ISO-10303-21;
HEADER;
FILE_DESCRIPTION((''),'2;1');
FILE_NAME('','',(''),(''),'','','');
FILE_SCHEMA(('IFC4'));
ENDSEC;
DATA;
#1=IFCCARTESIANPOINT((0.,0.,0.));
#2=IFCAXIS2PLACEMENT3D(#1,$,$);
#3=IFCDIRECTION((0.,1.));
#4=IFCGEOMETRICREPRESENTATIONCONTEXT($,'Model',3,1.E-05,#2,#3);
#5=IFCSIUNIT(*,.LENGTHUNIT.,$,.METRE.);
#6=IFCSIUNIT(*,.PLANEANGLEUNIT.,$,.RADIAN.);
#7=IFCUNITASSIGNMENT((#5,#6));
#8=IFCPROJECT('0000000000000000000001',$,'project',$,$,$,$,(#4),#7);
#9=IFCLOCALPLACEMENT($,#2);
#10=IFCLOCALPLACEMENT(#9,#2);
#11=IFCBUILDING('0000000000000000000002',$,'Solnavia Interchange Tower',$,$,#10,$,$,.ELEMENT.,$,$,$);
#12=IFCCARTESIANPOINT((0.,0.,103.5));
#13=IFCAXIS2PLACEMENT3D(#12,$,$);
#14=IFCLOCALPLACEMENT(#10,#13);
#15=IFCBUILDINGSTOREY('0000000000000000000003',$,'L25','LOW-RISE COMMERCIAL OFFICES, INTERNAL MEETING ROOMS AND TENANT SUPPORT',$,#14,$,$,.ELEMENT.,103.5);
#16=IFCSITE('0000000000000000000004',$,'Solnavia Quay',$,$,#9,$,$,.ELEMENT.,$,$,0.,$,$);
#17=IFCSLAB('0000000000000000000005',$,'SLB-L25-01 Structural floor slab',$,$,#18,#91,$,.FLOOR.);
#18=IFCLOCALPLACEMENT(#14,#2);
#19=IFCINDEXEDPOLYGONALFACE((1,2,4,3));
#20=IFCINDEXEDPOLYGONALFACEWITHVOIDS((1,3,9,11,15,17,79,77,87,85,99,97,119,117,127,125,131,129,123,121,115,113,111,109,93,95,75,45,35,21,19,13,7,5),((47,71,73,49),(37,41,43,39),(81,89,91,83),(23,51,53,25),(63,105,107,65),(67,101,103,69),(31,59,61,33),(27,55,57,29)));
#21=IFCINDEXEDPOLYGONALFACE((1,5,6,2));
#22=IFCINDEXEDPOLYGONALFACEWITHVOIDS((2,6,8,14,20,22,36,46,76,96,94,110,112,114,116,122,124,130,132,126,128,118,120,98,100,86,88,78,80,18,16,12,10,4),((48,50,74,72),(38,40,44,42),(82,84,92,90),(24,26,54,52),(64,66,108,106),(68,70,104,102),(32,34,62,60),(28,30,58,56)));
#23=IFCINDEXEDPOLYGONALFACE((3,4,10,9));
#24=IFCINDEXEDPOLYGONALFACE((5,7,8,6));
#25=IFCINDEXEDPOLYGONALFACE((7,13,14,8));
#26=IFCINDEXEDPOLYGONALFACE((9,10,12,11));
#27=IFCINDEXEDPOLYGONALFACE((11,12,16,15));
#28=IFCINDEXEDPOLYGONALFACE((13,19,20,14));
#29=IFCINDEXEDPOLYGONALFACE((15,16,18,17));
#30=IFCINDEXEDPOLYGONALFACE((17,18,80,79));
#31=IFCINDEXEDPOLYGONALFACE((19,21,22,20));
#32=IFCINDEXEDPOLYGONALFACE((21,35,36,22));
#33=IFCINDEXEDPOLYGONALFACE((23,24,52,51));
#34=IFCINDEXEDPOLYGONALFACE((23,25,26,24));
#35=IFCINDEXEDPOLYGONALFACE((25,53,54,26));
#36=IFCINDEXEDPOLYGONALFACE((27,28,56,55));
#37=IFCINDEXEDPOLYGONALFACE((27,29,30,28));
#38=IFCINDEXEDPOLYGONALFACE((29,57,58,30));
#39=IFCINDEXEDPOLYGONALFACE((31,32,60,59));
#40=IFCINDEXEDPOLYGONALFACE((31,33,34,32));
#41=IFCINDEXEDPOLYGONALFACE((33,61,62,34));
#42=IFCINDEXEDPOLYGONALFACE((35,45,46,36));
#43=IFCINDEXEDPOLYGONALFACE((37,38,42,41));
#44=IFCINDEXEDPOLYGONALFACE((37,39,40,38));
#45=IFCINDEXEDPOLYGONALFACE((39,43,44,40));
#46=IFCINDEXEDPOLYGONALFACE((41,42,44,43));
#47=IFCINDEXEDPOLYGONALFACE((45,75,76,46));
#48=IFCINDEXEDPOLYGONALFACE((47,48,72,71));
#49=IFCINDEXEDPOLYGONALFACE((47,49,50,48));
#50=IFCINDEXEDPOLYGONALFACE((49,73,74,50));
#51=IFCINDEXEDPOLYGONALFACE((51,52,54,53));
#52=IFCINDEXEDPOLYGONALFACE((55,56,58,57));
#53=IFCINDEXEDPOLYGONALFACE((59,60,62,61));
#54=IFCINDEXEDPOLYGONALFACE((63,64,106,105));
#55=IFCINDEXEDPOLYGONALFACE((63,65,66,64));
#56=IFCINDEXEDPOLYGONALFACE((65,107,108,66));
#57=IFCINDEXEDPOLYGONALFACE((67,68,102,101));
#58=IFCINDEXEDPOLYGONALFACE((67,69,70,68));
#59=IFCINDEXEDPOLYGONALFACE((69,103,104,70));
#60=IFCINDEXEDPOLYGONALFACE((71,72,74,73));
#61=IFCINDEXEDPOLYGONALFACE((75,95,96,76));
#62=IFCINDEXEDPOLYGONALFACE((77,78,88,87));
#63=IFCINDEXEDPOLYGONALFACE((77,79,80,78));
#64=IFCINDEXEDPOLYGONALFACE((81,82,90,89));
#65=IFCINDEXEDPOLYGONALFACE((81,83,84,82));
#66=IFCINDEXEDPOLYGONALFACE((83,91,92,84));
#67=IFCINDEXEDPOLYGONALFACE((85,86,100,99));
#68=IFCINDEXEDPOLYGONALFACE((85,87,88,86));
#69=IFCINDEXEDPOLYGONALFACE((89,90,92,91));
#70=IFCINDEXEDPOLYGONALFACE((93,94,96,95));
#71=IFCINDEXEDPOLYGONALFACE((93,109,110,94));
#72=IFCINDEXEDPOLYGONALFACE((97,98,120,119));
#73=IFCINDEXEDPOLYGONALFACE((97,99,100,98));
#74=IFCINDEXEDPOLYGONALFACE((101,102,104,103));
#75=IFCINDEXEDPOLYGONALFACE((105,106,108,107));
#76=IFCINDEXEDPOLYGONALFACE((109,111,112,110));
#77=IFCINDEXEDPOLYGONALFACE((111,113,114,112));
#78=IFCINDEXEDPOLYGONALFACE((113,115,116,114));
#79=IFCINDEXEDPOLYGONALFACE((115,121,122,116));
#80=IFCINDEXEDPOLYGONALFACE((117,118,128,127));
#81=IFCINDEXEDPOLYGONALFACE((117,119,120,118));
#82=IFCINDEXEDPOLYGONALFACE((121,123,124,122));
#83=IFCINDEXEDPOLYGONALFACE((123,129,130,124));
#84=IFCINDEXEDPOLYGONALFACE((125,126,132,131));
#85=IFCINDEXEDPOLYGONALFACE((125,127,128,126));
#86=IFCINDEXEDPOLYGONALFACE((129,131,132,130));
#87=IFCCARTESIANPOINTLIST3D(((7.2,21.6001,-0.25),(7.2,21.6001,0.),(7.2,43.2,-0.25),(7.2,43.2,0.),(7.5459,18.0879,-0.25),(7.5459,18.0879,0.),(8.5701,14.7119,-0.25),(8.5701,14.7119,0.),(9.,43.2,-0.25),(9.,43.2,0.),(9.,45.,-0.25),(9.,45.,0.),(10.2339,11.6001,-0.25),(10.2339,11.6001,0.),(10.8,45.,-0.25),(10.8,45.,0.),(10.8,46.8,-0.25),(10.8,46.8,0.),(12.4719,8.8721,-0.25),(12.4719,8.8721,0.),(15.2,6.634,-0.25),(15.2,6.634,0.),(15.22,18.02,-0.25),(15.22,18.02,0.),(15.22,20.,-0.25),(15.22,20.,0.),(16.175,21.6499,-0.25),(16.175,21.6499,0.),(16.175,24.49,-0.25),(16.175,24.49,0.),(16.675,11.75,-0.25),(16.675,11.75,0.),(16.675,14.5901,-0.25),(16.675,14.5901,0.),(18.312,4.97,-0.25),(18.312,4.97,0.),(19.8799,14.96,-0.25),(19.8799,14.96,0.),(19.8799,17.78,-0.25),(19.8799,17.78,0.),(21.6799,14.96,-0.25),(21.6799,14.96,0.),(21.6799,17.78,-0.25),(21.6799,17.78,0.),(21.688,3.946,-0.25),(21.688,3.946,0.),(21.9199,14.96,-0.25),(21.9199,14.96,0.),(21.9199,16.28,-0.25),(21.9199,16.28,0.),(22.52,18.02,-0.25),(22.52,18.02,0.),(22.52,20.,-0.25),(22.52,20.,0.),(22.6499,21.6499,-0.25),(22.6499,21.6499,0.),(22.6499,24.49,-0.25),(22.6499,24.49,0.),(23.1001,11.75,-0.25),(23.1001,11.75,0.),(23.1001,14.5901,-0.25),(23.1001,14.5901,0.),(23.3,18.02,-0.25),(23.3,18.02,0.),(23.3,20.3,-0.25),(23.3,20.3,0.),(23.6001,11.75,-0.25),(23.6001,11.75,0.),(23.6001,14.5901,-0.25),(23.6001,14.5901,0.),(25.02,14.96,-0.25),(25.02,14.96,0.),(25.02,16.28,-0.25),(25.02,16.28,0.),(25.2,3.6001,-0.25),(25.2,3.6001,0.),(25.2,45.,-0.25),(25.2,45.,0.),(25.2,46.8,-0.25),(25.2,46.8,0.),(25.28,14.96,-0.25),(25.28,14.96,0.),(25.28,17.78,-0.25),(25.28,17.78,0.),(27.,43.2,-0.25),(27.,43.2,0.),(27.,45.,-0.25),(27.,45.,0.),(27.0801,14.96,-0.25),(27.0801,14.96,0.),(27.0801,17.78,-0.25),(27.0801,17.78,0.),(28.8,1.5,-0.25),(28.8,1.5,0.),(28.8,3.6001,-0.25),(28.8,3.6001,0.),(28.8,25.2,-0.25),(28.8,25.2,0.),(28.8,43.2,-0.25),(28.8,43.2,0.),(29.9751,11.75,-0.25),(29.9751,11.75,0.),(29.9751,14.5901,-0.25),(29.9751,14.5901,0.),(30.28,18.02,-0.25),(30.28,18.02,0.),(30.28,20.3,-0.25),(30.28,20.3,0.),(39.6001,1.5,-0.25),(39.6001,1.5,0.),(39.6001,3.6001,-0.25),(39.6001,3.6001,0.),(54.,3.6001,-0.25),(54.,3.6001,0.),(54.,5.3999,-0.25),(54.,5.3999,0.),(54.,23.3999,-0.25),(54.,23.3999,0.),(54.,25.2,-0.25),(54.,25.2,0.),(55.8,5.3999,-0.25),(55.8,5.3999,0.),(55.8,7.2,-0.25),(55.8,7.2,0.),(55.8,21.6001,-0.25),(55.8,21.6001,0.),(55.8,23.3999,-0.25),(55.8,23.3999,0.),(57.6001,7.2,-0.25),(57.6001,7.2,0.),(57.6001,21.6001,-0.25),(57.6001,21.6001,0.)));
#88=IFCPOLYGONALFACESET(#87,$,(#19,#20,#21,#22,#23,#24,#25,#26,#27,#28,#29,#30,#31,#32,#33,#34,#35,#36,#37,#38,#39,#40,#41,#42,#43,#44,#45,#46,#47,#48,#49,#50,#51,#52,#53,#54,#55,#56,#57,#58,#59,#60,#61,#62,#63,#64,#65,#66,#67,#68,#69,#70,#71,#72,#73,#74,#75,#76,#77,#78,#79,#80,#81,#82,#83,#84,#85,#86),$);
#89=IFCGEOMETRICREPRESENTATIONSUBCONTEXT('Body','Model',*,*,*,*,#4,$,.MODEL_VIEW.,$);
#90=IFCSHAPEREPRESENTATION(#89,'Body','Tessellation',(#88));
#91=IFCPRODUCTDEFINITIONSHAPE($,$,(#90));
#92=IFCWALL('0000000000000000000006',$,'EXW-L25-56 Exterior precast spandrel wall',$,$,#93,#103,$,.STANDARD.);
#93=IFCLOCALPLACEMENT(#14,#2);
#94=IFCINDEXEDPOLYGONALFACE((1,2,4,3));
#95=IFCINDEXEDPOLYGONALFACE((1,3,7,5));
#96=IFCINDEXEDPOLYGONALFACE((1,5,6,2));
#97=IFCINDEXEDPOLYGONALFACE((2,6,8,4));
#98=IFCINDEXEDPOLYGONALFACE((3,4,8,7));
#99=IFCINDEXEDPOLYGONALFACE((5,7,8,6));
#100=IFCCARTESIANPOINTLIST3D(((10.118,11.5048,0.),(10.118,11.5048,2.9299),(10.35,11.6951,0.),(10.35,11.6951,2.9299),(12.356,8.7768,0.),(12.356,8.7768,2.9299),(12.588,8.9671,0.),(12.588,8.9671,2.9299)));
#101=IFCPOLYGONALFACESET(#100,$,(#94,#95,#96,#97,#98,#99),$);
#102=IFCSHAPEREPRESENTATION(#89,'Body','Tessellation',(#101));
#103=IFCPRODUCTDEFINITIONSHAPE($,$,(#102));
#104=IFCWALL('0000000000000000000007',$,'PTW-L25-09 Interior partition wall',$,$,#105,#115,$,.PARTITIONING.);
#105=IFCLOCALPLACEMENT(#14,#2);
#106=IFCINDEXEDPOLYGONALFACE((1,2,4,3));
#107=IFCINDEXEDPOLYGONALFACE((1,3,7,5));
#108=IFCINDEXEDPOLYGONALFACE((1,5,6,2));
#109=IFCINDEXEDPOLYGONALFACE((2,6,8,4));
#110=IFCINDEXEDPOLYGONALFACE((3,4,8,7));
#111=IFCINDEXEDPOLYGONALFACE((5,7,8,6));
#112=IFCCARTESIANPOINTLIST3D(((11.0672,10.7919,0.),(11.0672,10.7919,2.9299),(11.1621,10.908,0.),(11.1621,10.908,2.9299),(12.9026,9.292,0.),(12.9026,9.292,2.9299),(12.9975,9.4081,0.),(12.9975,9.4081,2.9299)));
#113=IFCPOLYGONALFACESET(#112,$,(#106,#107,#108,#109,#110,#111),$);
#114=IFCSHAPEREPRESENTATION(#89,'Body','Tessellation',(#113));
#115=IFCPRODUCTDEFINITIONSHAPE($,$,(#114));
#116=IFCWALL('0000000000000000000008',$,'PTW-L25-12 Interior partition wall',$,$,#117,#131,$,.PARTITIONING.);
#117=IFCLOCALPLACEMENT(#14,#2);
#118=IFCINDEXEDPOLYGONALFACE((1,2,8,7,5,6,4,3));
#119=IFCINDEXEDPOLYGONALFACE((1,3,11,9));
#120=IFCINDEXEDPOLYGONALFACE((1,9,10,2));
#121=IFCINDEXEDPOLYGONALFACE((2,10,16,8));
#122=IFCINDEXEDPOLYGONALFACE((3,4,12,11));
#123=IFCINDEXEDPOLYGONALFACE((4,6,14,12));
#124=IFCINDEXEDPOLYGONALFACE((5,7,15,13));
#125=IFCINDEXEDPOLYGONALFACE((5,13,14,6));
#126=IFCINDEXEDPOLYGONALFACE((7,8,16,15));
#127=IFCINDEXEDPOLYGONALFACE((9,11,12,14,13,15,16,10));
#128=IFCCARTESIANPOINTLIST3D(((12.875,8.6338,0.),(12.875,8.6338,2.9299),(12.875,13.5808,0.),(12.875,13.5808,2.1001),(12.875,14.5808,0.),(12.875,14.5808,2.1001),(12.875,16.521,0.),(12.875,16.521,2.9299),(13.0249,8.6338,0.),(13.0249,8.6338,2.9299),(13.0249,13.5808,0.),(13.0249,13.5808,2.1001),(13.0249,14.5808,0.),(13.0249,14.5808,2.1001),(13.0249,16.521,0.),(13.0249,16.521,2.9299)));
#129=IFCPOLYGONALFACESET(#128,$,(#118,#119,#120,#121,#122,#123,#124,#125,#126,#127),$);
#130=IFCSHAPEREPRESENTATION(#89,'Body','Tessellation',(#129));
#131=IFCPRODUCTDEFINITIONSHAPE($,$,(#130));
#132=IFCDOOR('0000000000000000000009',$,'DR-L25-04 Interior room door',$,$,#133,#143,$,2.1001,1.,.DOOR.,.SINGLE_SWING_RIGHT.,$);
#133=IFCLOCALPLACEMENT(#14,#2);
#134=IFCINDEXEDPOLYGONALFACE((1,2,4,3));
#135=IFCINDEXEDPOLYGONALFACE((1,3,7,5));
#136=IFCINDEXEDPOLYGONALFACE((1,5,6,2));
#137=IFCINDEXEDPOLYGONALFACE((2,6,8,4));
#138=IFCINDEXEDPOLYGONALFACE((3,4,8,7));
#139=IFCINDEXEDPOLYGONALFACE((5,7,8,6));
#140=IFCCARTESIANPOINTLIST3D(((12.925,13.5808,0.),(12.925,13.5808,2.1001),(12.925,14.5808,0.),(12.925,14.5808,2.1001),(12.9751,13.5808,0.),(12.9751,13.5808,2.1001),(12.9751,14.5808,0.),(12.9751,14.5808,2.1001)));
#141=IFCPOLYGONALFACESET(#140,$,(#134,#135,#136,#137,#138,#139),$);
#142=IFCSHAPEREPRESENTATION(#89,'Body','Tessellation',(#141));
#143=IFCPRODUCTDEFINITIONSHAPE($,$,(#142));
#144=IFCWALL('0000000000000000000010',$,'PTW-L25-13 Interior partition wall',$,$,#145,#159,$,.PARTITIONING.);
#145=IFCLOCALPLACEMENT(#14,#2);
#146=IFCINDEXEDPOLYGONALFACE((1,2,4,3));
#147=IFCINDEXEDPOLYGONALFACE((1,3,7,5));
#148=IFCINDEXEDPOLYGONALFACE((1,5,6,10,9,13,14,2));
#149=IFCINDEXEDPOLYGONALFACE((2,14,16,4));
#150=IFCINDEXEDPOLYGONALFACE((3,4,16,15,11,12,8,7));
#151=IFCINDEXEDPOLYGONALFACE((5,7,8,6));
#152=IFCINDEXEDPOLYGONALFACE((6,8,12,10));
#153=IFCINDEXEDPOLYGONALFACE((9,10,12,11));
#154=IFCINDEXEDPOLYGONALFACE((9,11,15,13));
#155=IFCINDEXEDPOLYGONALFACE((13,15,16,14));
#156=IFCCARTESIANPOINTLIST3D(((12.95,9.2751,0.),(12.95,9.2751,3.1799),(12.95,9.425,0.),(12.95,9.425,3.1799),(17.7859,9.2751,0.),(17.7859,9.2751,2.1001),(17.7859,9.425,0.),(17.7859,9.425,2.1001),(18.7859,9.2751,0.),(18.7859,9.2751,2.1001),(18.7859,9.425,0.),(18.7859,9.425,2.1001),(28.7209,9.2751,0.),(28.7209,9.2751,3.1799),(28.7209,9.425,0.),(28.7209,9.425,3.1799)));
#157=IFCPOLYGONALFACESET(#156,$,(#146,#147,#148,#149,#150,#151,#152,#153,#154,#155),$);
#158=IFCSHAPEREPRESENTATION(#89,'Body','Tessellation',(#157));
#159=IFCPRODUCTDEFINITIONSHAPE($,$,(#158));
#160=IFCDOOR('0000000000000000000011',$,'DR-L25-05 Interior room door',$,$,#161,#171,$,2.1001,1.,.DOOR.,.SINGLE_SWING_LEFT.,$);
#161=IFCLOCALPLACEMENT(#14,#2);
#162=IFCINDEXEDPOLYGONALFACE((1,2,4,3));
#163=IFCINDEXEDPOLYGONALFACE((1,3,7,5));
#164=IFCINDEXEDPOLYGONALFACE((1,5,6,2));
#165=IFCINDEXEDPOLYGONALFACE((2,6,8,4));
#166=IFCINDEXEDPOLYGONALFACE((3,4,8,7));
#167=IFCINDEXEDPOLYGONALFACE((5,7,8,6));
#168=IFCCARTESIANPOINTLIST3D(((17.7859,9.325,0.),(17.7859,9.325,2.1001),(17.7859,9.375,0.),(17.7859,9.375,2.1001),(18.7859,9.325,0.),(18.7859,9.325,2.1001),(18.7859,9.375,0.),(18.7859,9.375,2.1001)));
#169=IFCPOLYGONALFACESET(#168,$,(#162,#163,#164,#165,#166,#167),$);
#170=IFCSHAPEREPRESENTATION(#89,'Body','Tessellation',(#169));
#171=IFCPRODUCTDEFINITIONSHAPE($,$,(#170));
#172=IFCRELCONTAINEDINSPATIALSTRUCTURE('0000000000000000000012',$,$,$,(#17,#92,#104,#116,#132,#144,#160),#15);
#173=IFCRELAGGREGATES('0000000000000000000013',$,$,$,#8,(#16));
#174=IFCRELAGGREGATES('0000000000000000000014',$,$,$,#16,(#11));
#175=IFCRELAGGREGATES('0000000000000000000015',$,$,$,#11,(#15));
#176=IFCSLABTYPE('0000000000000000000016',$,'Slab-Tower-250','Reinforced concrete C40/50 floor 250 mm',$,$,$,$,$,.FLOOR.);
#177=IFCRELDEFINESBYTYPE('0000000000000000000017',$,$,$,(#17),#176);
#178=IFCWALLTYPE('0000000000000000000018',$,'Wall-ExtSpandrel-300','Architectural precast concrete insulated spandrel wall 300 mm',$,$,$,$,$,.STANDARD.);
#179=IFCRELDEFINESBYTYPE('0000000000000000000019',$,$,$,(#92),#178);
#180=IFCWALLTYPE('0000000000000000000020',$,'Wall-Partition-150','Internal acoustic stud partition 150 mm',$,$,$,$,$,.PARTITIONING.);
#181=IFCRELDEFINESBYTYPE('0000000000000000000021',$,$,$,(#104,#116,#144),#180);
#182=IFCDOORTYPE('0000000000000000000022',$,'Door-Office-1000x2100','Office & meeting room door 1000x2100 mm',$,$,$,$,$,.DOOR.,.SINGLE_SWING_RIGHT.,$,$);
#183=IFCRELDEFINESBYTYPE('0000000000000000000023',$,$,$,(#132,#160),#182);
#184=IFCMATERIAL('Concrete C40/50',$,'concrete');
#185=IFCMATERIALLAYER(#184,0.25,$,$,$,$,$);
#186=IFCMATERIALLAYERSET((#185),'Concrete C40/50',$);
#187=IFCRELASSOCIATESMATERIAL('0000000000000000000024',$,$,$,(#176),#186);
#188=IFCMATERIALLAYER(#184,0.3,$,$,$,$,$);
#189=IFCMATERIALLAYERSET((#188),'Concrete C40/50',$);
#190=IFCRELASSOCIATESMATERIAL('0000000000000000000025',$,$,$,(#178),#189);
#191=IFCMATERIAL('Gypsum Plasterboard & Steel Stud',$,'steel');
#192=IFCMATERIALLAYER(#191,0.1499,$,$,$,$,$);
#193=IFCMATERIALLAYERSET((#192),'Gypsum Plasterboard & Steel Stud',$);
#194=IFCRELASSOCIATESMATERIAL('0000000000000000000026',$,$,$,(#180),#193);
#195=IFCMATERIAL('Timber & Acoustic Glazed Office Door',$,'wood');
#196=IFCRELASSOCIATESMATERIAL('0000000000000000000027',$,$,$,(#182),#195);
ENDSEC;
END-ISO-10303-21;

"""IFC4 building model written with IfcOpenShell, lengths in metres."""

from ifc_helpers import new_model, si_unit, direction, frame, frame_2d, origin, place, context, subcontext, project, spatial, polyline, rectangle, outline, extrude, material, layer, layer_set, type_object, element, fill, save


model = new_model("IFC4")

# Units and contexts
model_context = context("Model", 3, precision=1e-05, world=origin(), true_north=direction((0.0, 1.0)))
body_context = subcontext(model_context, "Body", "Model", "MODEL_VIEW")
ifc_project = project(units=[si_unit("LENGTHUNIT", "METRE"), si_unit("PLANEANGLEUNIT", "RADIAN")], contexts=[model_context])

# Site, building, storey
site_placement = place(None, origin())
site = spatial("IfcSite", under=ifc_project, at=site_placement, Name="Solnavia Quay", CompositionType="ELEMENT", RefElevation=0.0)
building_placement = place(site_placement, origin())
building = spatial("IfcBuilding", under=site, at=building_placement, Name="Solnavia Interchange Tower", CompositionType="ELEMENT")
storey_placement = place(building_placement, frame((0.0, 0.0, 103.5)))
storey = spatial("IfcBuildingStorey", under=building, at=storey_placement, Name="L25", Description="LOW-RISE COMMERCIAL OFFICES, INTERNAL MEETING ROOMS AND TENANT SUPPORT", CompositionType="ELEMENT", Elevation=103.5)

# Shared definitions
ifc_material_1 = material(Name="Concrete C40/50", Category="concrete")

# Slab
ifc_layer_1 = layer(ifc_material_1, 0.25)
ifc_layer_set_1 = layer_set([ifc_layer_1], Name="Concrete C40/50")
slab_type_1 = type_object("IfcSlabType", Name="Slab-Tower-250", Description="Reinforced concrete C40/50 floor 250 mm", PredefinedType="FLOOR", material=ifc_layer_set_1)
slab_1_placement = place(storey_placement, frame((0.0, 0.0, -0.25)))
element("IfcSlab", 1, at=slab_1_placement, inside=storey, type_object=slab_type_1, Name="SLB-L25-01 Structural floor slab", PredefinedType="FLOOR", context=body_context, shape_type="SweptSolid", body=[
    extrude(outline(polyline([(25.2, 3.6001), (28.8, 3.6001), (28.8, 1.5), (39.6001, 1.5), (39.6001, 3.6001), (54.0, 3.6001), (54.0, 5.3999), (55.8, 5.3999), (55.8, 7.2), (57.6001, 7.2), (57.6001, 21.6001), (55.8, 21.6001), (55.8, 23.3999), (54.0, 23.3999), (54.0, 25.2), (28.8, 25.2), (28.8, 43.2), (27.0, 43.2), (27.0, 45.0), (25.2, 45.0), (25.2, 46.8), (10.8, 46.8), (10.8, 45.0), (9.0, 45.0), (9.0, 43.2), (7.2, 43.2), (7.2, 21.6001), (7.5459, 18.0879), (8.5701, 14.7119), (10.2339, 11.6001), (12.4719, 8.8721), (15.2, 6.634), (18.312, 4.97), (21.688, 3.946), (25.2, 3.6001)]), holes=[polyline([(16.675, 11.75), (23.1001, 11.75), (23.1001, 14.5901), (16.675, 14.5901), (16.675, 11.75)]), polyline([(23.6001, 11.75), (29.9751, 11.75), (29.9751, 14.5901), (23.6001, 14.5901), (23.6001, 11.75)]), polyline([(16.175, 21.6499), (22.6499, 21.6499), (22.6499, 24.49), (16.175, 24.49), (16.175, 21.6499)]), polyline([(19.8799, 14.96), (21.6799, 14.96), (21.6799, 17.78), (19.8799, 17.78), (19.8799, 14.96)]), polyline([(25.28, 14.96), (27.0801, 14.96), (27.0801, 17.78), (25.28, 17.78), (25.28, 14.96)]), polyline([(21.9199, 14.96), (25.02, 14.96), (25.02, 16.28), (21.9199, 16.28), (21.9199, 14.96)]), polyline([(15.22, 18.02), (22.52, 18.02), (22.52, 20.0), (15.22, 20.0), (15.22, 18.02)]), polyline([(23.3, 18.02), (30.28, 18.02), (30.28, 20.3), (23.3, 20.3), (23.3, 18.02)])]), origin(), (0.0, 0.0, 1.0), 0.25),
])

# Walls
ifc_layer_2 = layer(ifc_material_1, 0.3)
ifc_layer_set_2 = layer_set([ifc_layer_2], Name="Concrete C40/50")
wall_type_1 = type_object("IfcWallType", Name="Wall-ExtSpandrel-300", Description="Architectural precast concrete insulated spandrel wall 300 mm", PredefinedType="STANDARD", material=ifc_layer_set_2)
wall_1_placement = place(storey_placement, frame((12.4719, 8.8721, 0.0), z_axis=(0.0, 0.0, 1.0), x_axis=(-0.634258, 0.773121, 0.0)))
element("IfcWall", 2, at=wall_1_placement, inside=storey, type_object=wall_type_1, Name="EXW-L25-56 Exterior precast spandrel wall", PredefinedType="STANDARD", context=body_context, shape_type="SweptSolid", body=[
    extrude(rectangle(XDim=3.5286, YDim=0.3, at=frame_2d((1.7642, 0.0))), origin(), (0.0, 0.0, 1.0), 2.9299),
])
ifc_material_2 = material(Name="Gypsum Plasterboard & Steel Stud", Category="steel")
ifc_layer_3 = layer(ifc_material_2, 0.1499)
ifc_layer_set_3 = layer_set([ifc_layer_3], Name="Gypsum Plasterboard & Steel Stud")
wall_type_2 = type_object("IfcWallType", Name="Wall-Partition-150", Description="Internal acoustic stud partition 150 mm", PredefinedType="PARTITIONING", material=ifc_layer_set_3)
wall_2_placement = place(storey_placement, frame((12.95, 9.3501, 0.0), z_axis=(0.0, 0.0, 1.0), x_axis=(-0.774315, 0.6328, 0.0)))
element("IfcWall", 3, at=wall_2_placement, inside=storey, type_object=wall_type_2, Name="PTW-L25-09 Interior partition wall", PredefinedType="PARTITIONING", context=body_context, shape_type="SweptSolid", body=[
    extrude(rectangle(XDim=2.3704, YDim=0.1499, at=frame_2d((1.1851, 0.0))), origin(), (0.0, 0.0, 1.0), 2.9299),
])

# Walls, openings, doors
wall_3_placement = place(storey_placement, frame((12.95, 8.6338, 0.0), z_axis=(0.0, 0.0, 1.0), x_axis=(0.0, 1.0, 0.0)))
wall_3 = element("IfcWall", 4, at=wall_3_placement, inside=storey, type_object=wall_type_2, Name="PTW-L25-12 Interior partition wall", PredefinedType="PARTITIONING", context=body_context, shape_type="SweptSolid", body=[
    extrude(rectangle(XDim=7.8872, YDim=0.1499, at=frame_2d((3.9436, 0.0))), origin(), (0.0, 0.0, 1.0), 2.9299),
])
opening_1_placement = place(wall_3_placement, frame((4.947, 0.0, 0.0)))
opening_1 = element("IfcOpeningElement", 5, at=opening_1_placement, cuts=wall_3, PredefinedType="OPENING", context=body_context, shape_type="SweptSolid", body=[
    extrude(rectangle(XDim=1.0, YDim=2.1001, at=frame_2d((0.5, 1.05))), frame((0.0, 0.085, 0.0), z_axis=(0.0, -1.0, 0.0), x_axis=(1.0, 0.0, 0.0)), (0.0, 0.0, 1.0), 0.1699),
])
ifc_material_3 = material(Name="Timber & Acoustic Glazed Office Door", Category="wood")
door_type_1 = type_object("IfcDoorType", Name="Door-Office-1000x2100", Description="Office & meeting room door 1000x2100 mm", OperationType="SINGLE_SWING_RIGHT", PredefinedType="DOOR", material=ifc_material_3)
door_1_placement = place(opening_1_placement, origin())
door_1 = element("IfcDoor", 6, at=door_1_placement, inside=storey, type_object=door_type_1, Name="DR-L25-04 Interior room door", OperationType="SINGLE_SWING_RIGHT", OverallHeight=2.1001, OverallWidth=1.0, PredefinedType="DOOR", context=body_context, shape_type="SweptSolid", body=[
    extrude(rectangle(XDim=1.0, YDim=2.1001, at=frame_2d((0.5, 1.05))), frame((0.0, 0.0249, 0.0), z_axis=(0.0, -1.0, 0.0), x_axis=(1.0, 0.0, 0.0)), (0.0, 0.0, 1.0), 0.05),
])
fill(opening_1, door_1)
wall_4_placement = place(storey_placement, frame((12.95, 9.3501, 0.0), z_axis=(0.0, 0.0, 1.0), x_axis=(1.0, 0.0, 0.0)))
wall_4 = element("IfcWall", 7, at=wall_4_placement, inside=storey, type_object=wall_type_2, Name="PTW-L25-13 Interior partition wall", PredefinedType="PARTITIONING", context=body_context, shape_type="SweptSolid", body=[
    extrude(rectangle(XDim=15.771, YDim=0.1499, at=frame_2d((7.8855, 0.0))), origin(), (0.0, 0.0, 1.0), 3.1799),
])
opening_2_placement = place(wall_4_placement, frame((4.8359, 0.0, 0.0)))
opening_2 = element("IfcOpeningElement", 8, at=opening_2_placement, cuts=wall_4, PredefinedType="OPENING", context=body_context, shape_type="SweptSolid", body=[
    extrude(rectangle(XDim=1.0, YDim=2.1001, at=frame_2d((0.5, 1.05))), frame((0.0, 0.085, 0.0), z_axis=(0.0, -1.0, 0.0), x_axis=(1.0, 0.0, 0.0)), (0.0, 0.0, 1.0), 0.1699),
])
door_2_placement = place(opening_2_placement, origin())
door_2 = element("IfcDoor", 9, at=door_2_placement, inside=storey, type_object=door_type_1, Name="DR-L25-05 Interior room door", OperationType="SINGLE_SWING_LEFT", OverallHeight=2.1001, OverallWidth=1.0, PredefinedType="DOOR", context=body_context, shape_type="SweptSolid", body=[
    extrude(rectangle(XDim=1.0, YDim=2.1001, at=frame_2d((0.5, 1.05))), frame((0.0, 0.0249, 0.0), z_axis=(0.0, -1.0, 0.0), x_axis=(1.0, 0.0, 0.0)), (0.0, 0.0, 1.0), 0.05),
])
fill(opening_2, door_2)

save(model, "model.ifc")
